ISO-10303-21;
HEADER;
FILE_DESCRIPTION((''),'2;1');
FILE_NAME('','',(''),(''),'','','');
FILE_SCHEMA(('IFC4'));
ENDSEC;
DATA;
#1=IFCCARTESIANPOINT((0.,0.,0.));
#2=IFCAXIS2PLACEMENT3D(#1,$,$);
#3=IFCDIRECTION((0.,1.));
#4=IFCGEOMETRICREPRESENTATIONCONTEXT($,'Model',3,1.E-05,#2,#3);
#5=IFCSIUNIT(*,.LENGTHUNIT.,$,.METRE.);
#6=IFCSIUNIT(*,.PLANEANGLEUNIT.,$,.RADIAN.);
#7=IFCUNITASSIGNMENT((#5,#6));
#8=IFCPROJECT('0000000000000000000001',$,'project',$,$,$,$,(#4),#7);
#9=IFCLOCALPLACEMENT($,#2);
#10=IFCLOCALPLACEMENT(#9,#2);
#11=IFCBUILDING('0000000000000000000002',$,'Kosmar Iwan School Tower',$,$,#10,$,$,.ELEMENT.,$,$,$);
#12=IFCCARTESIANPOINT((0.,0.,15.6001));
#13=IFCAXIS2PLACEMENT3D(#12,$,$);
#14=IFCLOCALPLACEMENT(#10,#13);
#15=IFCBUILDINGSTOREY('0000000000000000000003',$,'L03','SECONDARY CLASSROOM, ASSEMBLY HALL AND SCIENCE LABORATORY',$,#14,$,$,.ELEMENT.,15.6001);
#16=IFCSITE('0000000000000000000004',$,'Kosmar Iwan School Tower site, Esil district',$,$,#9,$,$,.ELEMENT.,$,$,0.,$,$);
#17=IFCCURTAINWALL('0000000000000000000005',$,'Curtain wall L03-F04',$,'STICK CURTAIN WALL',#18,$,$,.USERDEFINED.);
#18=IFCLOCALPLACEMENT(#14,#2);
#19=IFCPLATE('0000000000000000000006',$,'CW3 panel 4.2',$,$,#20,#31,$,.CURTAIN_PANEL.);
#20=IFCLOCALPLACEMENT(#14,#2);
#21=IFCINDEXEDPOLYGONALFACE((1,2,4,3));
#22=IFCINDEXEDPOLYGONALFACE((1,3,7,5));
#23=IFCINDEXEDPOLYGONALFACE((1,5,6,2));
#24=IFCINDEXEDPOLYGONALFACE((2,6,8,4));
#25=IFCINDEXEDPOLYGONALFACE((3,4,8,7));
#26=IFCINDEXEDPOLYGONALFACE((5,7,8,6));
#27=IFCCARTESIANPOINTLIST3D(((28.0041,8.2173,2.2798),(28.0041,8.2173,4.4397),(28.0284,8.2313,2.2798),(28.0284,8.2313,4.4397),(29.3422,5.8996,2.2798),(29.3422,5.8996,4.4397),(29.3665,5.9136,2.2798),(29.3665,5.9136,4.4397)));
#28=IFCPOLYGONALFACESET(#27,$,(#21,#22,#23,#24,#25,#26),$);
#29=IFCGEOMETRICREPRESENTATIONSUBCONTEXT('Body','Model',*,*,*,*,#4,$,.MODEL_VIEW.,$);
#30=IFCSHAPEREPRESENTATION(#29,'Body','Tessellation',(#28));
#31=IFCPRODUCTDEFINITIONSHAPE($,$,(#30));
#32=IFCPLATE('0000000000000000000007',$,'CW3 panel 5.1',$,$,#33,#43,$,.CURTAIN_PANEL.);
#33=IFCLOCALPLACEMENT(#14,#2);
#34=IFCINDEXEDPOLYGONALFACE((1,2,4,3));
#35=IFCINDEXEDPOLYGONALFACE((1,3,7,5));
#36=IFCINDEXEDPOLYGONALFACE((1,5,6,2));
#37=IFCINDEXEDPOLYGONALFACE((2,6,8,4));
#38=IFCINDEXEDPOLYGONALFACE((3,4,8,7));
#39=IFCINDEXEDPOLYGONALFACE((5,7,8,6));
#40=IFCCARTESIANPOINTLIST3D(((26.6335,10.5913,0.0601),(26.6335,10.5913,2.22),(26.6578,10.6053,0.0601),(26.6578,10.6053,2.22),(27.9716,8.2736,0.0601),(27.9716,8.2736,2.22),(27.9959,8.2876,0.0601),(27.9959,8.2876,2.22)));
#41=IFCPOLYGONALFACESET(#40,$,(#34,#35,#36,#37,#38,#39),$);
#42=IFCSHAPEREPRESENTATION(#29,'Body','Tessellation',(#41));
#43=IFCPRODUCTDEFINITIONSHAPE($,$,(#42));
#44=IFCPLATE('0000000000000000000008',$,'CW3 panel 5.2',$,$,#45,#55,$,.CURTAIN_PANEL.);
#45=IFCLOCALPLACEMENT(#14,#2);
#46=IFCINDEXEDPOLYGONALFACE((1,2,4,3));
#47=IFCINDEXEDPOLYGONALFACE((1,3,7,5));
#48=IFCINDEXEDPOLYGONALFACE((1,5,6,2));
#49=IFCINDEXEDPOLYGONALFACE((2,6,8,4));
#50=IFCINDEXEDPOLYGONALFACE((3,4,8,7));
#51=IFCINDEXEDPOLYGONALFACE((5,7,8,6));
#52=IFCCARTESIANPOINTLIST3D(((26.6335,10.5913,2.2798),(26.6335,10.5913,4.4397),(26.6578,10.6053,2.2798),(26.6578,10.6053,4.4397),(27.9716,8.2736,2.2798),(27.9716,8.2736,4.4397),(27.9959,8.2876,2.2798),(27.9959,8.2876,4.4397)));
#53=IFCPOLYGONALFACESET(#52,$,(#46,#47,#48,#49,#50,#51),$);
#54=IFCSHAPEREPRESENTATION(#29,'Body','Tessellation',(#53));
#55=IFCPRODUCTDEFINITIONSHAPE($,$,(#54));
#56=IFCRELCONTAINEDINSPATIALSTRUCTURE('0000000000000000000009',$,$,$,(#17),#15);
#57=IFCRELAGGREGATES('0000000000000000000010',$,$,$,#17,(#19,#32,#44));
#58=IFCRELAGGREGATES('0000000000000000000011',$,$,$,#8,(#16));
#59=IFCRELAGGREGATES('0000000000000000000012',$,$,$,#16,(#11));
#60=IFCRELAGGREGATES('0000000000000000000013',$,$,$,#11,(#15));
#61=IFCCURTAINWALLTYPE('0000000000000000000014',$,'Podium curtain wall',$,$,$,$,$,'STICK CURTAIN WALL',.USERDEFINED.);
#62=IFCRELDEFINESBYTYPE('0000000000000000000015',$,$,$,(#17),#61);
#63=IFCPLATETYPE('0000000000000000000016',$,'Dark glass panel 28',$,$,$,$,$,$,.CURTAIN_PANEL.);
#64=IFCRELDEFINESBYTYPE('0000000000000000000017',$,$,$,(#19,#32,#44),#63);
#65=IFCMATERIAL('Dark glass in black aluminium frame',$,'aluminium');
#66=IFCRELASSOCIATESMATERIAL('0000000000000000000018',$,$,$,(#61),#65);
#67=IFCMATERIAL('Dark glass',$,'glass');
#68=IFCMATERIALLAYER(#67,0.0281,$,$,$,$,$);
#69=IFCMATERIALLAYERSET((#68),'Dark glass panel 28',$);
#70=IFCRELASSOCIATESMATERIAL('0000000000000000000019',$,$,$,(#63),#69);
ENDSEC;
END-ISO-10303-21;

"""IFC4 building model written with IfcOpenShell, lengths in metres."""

from ifc_helpers import new_model, si_unit, direction, frame, origin, origin_2d, place, context, subcontext, project, spatial, rectangle, extrude, material, layer, layer_set, type_object, element, aggregate, save


model = new_model("IFC4")

# Units and contexts
model_context = context("Model", 3, precision=1e-05, world=origin(), true_north=direction((0.0, 1.0)))
body_context = subcontext(model_context, "Body", "Model", "MODEL_VIEW")
ifc_project = project(units=[si_unit("LENGTHUNIT", "METRE"), si_unit("PLANEANGLEUNIT", "RADIAN")], contexts=[model_context])

# Site, building, storey
site_placement = place(None, origin())
site = spatial("IfcSite", under=ifc_project, at=site_placement, Name="Kosmar Iwan School Tower site, Esil district", CompositionType="ELEMENT", RefElevation=0.0)
building_placement = place(site_placement, origin())
building = spatial("IfcBuilding", under=site, at=building_placement, Name="Kosmar Iwan School Tower", CompositionType="ELEMENT")
storey_placement = place(building_placement, frame((0.0, 0.0, 15.6001)))
storey = spatial("IfcBuildingStorey", under=building, at=storey_placement, Name="L03", Description="SECONDARY CLASSROOM, ASSEMBLY HALL AND SCIENCE LABORATORY", CompositionType="ELEMENT", Elevation=15.6001)

# Curtain wall, plates
ifc_material_1 = material(Name="Dark glass in black aluminium frame", Category="aluminium")
curtain_wall_type = type_object("IfcCurtainWallType", Name="Podium curtain wall", ElementType="STICK CURTAIN WALL", PredefinedType="USERDEFINED", material=ifc_material_1)
curtain_wall_placement = place(storey_placement, origin())
curtain_wall = element("IfcCurtainWall", 1, at=curtain_wall_placement, inside=storey, type_object=curtain_wall_type, Name="Curtain wall L03-F04", ObjectType="STICK CURTAIN WALL", PredefinedType="USERDEFINED")
ifc_material_2 = material(Name="Dark glass", Category="glass")
ifc_layer = layer(ifc_material_2, 0.0281)
ifc_layer_set = layer_set([ifc_layer], Name="Dark glass panel 28")
plate_type = type_object("IfcPlateType", Name="Dark glass panel 28", PredefinedType="CURTAIN_PANEL", material=ifc_layer_set)
plate_1_placement = place(storey_placement, frame((28.6853, 7.0654, 2.2798), z_axis=(0.0, 0.0, 1.0), x_axis=(-0.5, 0.866025, 0.0)))
plate_1 = element("IfcPlate", 2, at=plate_1_placement, type_object=plate_type, Name="CW3 panel 4.2", PredefinedType="CURTAIN_PANEL", context=body_context, shape_type="SweptSolid", body=[
    extrude(rectangle(XDim=2.6763, YDim=0.0281, at=origin_2d()), origin(), (0.0, 0.0, 1.0), 2.1599),
])
plate_2_placement = place(storey_placement, frame((27.3147, 9.4395, 0.0601), z_axis=(0.0, 0.0, 1.0), x_axis=(-0.5, 0.866025, 0.0)))
plate_2 = element("IfcPlate", 3, at=plate_2_placement, type_object=plate_type, Name="CW3 panel 5.1", PredefinedType="CURTAIN_PANEL", context=body_context, shape_type="SweptSolid", body=[
    extrude(rectangle(XDim=2.6763, YDim=0.0281, at=origin_2d()), origin(), (0.0, 0.0, 1.0), 2.1599),
])
plate_3_placement = place(storey_placement, frame((27.3147, 9.4395, 2.2798), z_axis=(0.0, 0.0, 1.0), x_axis=(-0.5, 0.866025, 0.0)))
plate_3 = element("IfcPlate", 4, at=plate_3_placement, type_object=plate_type, Name="CW3 panel 5.2", PredefinedType="CURTAIN_PANEL", context=body_context, shape_type="SweptSolid", body=[
    extrude(rectangle(XDim=2.6763, YDim=0.0281, at=origin_2d()), origin(), (0.0, 0.0, 1.0), 2.1599),
])
aggregate(curtain_wall, [plate_1, plate_2, plate_3])

save(model, "model.ifc")
